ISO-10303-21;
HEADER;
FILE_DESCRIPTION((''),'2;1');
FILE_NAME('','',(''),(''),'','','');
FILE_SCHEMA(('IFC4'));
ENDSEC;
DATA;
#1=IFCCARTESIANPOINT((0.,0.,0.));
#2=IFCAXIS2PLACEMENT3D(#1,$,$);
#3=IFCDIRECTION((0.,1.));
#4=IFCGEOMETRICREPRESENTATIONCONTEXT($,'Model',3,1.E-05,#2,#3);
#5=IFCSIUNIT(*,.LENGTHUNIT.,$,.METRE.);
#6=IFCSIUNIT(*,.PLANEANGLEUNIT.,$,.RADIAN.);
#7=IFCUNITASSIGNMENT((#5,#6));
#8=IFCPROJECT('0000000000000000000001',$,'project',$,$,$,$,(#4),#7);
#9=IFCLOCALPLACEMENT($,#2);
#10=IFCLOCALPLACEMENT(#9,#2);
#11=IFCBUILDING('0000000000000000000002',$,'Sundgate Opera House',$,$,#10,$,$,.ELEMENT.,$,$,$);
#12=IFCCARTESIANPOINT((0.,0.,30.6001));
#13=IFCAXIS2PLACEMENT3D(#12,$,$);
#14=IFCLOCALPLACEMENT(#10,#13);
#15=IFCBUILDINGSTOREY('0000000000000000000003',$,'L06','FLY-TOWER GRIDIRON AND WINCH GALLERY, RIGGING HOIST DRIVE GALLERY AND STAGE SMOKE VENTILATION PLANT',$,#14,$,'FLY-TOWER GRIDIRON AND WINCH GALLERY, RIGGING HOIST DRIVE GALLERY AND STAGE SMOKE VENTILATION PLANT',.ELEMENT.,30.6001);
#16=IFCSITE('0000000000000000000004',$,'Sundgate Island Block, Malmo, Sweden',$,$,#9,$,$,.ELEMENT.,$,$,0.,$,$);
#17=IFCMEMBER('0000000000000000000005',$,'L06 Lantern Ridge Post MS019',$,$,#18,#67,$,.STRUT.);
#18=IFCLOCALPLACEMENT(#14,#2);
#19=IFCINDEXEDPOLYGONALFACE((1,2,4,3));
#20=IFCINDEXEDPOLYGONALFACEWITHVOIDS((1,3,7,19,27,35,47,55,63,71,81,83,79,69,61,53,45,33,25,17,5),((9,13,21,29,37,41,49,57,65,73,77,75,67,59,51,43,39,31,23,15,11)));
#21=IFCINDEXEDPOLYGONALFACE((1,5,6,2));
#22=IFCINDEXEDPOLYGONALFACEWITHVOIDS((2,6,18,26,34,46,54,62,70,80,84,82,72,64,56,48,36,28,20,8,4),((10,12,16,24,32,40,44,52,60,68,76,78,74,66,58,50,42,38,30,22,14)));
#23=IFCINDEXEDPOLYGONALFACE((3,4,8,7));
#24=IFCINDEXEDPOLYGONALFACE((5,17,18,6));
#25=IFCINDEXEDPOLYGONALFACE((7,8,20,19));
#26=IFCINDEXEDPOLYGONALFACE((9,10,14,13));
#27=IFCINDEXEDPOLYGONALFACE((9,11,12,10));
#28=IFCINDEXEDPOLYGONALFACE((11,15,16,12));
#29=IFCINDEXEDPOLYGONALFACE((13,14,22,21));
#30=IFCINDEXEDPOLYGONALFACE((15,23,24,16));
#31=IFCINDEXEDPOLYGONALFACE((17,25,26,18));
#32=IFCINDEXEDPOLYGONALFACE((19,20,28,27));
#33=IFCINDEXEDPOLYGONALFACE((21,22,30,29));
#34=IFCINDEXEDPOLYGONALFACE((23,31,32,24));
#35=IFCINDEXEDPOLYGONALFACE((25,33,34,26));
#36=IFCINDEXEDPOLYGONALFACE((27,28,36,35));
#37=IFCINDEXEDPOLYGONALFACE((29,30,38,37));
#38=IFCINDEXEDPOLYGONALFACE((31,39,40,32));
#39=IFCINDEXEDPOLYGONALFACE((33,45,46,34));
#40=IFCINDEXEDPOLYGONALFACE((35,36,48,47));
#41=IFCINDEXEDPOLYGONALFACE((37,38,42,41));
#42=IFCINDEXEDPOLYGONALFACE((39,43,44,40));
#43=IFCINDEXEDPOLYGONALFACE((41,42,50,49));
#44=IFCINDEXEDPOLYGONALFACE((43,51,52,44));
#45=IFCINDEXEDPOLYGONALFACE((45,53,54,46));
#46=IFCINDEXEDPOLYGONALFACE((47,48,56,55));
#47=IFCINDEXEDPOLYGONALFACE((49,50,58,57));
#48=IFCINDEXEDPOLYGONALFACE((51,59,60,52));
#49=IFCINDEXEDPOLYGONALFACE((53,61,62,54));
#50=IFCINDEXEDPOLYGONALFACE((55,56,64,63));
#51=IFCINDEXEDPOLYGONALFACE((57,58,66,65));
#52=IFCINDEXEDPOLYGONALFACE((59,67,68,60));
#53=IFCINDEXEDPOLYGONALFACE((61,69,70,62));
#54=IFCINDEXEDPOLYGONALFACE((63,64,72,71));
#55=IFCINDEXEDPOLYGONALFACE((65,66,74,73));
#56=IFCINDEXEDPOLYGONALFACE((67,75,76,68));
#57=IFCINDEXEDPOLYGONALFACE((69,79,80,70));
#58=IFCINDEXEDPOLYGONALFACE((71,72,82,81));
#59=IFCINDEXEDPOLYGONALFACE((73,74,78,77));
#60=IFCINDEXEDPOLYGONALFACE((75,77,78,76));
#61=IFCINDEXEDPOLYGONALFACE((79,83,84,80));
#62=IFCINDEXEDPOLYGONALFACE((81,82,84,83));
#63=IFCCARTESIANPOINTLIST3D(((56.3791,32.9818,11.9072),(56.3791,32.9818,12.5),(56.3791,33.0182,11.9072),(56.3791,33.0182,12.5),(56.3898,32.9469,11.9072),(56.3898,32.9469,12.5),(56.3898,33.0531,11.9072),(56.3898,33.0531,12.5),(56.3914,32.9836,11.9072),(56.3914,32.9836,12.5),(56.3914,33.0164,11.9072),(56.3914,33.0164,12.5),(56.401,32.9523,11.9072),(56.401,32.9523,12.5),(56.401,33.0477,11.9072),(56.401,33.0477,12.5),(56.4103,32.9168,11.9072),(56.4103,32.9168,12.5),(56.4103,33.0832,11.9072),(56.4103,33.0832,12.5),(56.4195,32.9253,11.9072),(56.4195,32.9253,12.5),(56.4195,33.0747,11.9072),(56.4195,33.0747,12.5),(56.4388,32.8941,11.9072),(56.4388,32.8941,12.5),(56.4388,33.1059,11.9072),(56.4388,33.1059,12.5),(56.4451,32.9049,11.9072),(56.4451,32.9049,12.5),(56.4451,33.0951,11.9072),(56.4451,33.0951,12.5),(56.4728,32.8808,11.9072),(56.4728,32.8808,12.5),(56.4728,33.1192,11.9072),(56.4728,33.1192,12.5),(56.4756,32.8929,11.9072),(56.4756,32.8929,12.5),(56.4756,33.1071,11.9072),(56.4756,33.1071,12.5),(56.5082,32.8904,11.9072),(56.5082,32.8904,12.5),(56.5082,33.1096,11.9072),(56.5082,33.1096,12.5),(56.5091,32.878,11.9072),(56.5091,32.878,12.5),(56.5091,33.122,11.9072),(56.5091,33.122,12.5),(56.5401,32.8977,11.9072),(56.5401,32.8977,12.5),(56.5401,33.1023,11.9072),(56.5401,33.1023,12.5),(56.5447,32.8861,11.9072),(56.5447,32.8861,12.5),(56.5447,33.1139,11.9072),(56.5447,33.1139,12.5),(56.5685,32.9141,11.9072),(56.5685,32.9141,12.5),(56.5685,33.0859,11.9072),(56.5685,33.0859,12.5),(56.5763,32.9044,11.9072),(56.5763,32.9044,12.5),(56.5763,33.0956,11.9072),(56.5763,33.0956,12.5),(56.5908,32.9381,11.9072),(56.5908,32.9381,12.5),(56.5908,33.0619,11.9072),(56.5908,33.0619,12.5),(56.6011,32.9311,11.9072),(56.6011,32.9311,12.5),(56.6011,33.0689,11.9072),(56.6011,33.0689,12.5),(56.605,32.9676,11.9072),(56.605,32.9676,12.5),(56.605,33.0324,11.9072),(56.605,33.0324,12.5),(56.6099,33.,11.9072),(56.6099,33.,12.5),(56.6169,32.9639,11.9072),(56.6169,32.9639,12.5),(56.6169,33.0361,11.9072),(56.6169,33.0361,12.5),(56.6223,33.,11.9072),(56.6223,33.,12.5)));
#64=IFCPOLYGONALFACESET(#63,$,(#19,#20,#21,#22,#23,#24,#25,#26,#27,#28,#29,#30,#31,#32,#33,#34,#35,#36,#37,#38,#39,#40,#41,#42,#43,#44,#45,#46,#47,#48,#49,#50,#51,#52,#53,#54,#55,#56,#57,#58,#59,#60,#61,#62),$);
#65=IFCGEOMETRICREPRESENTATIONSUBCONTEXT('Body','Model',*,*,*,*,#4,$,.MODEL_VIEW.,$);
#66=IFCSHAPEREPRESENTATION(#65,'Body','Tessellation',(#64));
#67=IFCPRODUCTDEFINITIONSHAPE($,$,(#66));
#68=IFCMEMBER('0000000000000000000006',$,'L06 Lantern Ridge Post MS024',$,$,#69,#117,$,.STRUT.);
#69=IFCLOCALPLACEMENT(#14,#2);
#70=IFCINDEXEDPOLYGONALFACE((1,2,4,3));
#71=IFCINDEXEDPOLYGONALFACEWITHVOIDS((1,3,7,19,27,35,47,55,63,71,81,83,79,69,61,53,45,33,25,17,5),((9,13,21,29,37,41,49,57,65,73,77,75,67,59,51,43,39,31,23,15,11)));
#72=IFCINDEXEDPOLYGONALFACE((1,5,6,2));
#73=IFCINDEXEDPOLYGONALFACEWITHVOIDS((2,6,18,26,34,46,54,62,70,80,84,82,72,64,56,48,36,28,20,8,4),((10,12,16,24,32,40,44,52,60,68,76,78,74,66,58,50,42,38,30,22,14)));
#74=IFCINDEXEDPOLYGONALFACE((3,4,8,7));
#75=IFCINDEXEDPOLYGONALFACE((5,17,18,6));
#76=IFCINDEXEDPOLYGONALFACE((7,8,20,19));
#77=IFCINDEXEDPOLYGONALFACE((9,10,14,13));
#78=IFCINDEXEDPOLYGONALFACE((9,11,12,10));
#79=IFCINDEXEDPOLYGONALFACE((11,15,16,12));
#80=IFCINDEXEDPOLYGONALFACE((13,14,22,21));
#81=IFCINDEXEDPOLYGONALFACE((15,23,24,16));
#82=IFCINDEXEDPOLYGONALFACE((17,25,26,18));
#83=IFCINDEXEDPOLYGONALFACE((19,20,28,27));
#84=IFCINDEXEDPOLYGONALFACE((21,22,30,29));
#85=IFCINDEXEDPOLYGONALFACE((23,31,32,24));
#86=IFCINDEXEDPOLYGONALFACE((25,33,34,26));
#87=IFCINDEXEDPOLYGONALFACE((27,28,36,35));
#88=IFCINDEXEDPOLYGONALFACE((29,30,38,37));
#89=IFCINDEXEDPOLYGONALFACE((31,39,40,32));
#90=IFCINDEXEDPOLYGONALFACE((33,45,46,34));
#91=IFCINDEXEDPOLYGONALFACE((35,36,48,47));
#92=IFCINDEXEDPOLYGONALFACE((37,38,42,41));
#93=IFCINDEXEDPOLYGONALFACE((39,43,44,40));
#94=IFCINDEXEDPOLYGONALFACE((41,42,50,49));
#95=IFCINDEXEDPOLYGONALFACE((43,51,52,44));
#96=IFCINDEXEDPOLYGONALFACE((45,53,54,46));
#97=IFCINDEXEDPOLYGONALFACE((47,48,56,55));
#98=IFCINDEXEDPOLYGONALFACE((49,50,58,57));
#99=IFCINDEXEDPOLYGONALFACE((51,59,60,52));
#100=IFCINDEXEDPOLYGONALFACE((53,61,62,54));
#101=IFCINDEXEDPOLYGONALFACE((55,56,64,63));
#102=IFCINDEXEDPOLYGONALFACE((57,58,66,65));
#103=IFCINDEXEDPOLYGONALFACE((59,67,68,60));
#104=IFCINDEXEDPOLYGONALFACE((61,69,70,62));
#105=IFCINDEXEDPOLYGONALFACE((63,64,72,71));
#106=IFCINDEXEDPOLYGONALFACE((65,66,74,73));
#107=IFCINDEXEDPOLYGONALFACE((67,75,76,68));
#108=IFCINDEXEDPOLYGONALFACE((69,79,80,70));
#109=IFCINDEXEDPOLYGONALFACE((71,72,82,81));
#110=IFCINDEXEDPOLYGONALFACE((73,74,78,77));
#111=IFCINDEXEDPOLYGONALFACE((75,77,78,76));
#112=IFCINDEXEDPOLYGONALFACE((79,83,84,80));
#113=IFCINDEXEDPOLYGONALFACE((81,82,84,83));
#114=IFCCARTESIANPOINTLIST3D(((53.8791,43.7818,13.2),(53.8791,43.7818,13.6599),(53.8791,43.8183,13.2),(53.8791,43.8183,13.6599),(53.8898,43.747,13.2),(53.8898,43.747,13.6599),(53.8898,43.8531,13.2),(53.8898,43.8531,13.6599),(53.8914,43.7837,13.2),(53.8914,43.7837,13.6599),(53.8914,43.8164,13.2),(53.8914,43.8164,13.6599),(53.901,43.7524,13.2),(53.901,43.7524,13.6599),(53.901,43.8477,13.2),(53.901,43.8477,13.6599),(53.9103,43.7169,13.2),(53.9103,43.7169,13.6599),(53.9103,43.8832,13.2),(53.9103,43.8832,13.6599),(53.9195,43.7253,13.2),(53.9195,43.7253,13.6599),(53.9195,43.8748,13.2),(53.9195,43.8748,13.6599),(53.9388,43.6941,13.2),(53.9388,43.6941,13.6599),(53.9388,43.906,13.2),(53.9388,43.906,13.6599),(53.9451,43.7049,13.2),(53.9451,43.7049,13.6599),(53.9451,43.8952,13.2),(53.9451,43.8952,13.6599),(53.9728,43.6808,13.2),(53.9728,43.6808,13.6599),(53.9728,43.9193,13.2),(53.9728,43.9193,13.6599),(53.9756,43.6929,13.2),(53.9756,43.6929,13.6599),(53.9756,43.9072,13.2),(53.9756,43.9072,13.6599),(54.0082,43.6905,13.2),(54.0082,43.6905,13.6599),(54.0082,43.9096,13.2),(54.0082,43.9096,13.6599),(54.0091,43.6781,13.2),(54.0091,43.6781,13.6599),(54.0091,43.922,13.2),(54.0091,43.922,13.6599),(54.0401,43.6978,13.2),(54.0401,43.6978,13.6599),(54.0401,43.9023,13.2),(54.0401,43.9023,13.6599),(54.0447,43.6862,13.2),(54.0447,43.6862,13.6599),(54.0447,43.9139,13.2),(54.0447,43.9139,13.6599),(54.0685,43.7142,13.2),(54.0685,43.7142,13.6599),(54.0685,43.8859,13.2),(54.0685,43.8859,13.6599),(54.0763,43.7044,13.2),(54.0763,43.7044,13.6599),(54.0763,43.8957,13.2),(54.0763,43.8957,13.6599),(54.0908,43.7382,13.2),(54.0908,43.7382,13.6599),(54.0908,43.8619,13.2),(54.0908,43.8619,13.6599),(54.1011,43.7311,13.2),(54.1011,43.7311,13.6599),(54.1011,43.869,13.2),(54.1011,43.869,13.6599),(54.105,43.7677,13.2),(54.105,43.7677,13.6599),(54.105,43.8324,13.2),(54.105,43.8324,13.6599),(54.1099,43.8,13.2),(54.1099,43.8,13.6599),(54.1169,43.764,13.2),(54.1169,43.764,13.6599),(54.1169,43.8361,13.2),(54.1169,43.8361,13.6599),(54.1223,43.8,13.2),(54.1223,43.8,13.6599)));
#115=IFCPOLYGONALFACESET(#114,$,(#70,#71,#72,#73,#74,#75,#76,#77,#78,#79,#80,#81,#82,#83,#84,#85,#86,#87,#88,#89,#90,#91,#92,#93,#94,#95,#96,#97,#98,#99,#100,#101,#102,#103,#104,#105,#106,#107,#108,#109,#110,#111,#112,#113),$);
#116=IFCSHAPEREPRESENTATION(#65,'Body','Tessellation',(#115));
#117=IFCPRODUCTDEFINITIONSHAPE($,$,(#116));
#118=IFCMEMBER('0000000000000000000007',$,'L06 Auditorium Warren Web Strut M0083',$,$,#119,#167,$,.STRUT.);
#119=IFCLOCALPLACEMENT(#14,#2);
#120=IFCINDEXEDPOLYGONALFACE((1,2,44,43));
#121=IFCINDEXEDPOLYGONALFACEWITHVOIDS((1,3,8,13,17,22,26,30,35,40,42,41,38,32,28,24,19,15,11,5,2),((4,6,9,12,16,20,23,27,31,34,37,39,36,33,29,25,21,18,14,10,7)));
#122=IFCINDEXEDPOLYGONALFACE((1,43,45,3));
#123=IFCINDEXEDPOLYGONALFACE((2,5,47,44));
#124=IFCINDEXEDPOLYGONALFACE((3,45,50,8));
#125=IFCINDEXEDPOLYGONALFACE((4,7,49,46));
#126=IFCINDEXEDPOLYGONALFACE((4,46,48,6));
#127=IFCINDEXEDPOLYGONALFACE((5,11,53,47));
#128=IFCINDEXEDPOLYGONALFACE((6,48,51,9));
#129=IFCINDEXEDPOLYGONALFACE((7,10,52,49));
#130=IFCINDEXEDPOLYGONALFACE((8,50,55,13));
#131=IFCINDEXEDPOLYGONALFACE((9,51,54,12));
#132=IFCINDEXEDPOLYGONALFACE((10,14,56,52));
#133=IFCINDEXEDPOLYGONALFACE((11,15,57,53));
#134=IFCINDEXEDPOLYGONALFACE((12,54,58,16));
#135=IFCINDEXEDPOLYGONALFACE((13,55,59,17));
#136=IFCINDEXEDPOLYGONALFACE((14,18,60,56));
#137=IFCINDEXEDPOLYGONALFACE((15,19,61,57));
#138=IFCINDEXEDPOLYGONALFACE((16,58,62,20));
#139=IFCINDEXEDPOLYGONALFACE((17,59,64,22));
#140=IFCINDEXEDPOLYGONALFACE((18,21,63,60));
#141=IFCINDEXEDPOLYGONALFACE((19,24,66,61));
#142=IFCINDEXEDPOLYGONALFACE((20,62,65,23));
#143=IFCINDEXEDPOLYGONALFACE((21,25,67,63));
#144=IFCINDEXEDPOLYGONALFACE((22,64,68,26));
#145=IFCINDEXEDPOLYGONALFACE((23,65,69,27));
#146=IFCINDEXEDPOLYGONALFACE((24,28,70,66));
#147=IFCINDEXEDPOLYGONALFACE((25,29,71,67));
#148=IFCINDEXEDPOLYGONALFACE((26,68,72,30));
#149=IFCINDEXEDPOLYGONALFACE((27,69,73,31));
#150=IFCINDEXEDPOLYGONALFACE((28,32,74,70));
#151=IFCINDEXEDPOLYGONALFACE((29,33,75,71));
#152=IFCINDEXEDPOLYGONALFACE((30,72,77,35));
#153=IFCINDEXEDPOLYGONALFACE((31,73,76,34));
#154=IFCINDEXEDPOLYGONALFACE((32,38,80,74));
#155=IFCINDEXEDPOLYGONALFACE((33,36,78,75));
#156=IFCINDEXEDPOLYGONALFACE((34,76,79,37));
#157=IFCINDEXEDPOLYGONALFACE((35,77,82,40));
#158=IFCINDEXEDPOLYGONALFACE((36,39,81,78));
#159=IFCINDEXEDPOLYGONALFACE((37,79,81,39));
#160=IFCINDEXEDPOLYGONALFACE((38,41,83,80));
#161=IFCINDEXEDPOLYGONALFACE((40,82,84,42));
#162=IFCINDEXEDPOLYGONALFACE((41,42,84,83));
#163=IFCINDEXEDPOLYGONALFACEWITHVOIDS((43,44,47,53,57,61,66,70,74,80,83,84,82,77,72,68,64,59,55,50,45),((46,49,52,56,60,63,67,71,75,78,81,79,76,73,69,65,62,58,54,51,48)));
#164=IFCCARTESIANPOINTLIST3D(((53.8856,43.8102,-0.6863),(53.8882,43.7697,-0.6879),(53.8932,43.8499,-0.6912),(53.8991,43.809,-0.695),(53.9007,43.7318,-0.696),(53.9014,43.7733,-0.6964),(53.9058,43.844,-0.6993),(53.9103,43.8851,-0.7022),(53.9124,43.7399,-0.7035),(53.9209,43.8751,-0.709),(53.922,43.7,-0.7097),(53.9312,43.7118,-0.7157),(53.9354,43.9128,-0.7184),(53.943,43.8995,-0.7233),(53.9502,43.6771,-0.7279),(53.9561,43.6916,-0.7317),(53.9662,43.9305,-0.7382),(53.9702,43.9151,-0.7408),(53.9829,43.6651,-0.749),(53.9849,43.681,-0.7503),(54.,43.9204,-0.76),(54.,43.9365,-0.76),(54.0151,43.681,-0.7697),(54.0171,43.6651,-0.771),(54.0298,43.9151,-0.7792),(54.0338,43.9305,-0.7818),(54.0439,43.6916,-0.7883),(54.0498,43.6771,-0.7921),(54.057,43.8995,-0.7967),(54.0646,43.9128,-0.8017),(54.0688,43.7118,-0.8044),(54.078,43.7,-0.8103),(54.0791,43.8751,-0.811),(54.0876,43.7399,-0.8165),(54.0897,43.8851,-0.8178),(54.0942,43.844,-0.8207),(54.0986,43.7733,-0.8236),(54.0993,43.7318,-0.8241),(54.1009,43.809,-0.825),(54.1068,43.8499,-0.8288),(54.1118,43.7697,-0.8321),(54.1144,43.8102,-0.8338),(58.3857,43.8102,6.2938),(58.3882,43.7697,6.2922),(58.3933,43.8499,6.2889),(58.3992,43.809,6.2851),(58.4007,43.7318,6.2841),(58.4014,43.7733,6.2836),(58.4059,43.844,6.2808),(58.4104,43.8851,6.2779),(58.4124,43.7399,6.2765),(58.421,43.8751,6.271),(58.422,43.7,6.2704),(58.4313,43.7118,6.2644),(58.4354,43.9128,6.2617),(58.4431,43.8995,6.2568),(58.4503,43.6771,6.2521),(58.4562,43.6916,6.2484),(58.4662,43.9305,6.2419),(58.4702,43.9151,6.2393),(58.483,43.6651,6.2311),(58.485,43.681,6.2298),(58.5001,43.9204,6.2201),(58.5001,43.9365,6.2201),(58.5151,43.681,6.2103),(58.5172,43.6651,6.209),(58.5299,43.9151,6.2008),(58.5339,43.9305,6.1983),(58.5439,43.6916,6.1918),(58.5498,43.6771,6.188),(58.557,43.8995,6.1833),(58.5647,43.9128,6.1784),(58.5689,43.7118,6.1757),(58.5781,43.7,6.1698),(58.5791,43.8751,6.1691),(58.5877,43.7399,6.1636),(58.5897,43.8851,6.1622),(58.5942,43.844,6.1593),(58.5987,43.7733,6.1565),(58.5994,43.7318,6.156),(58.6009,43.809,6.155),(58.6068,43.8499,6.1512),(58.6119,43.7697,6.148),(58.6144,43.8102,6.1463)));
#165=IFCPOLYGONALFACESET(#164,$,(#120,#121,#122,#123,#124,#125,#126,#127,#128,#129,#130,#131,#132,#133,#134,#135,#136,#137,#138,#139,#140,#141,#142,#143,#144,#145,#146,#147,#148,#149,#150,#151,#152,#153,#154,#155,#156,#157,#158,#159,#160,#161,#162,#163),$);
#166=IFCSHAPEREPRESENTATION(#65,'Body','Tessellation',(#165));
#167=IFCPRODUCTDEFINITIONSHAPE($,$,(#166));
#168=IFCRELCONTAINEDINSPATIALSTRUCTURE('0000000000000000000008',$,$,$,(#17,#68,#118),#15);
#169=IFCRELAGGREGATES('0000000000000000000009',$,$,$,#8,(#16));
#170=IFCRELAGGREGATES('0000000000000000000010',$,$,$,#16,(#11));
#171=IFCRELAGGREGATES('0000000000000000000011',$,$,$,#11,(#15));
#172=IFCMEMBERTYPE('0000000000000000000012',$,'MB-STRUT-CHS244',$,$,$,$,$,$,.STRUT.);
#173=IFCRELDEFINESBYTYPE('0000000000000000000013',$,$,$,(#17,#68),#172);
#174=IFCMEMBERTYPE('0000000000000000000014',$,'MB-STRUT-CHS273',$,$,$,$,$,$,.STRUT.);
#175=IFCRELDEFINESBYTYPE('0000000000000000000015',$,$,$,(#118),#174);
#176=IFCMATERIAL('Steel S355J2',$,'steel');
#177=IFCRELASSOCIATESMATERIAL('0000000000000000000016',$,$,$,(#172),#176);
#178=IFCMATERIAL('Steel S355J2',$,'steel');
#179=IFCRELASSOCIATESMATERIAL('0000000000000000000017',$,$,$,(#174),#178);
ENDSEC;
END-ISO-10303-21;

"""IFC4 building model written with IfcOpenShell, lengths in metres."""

from ifc_helpers import new_model, si_unit, direction, frame, origin, origin_2d, place, context, subcontext, project, spatial, hollow_circle, extrude, material, material_profile, profile_set, type_object, element, save


model = new_model("IFC4")

# Units and contexts
model_context = context("Model", 3, precision=1e-05, world=origin(), true_north=direction((0.0, 1.0)))
body_context = subcontext(model_context, "Body", "Model", "MODEL_VIEW")
ifc_project = project(units=[si_unit("LENGTHUNIT", "METRE"), si_unit("PLANEANGLEUNIT", "RADIAN")], contexts=[model_context])

# Site, building, storey
site_placement = place(None, origin())
site = spatial("IfcSite", under=ifc_project, at=site_placement, Name="Sundgate Island Block, Malmo, Sweden", CompositionType="ELEMENT", RefElevation=0.0)
building_placement = place(site_placement, origin())
building = spatial("IfcBuilding", under=site, at=building_placement, Name="Sundgate Opera House", CompositionType="ELEMENT")
storey_placement = place(building_placement, frame((0.0, 0.0, 30.6001)))
storey = spatial("IfcBuildingStorey", under=building, at=storey_placement, Name="L06", Description="FLY-TOWER GRIDIRON AND WINCH GALLERY, RIGGING HOIST DRIVE GALLERY AND STAGE SMOKE VENTILATION PLANT", LongName="FLY-TOWER GRIDIRON AND WINCH GALLERY, RIGGING HOIST DRIVE GALLERY AND STAGE SMOKE VENTILATION PLANT", CompositionType="ELEMENT", Elevation=30.6001)

# Members
ifc_material_1 = material(Name="Steel S355J2", Category="steel")
ifc_material_profile_1 = material_profile(ifc_material_1, hollow_circle(Radius=0.1223, WallThickness=0.0125, at=origin_2d()), Name="CHS 244.5x12.5")
ifc_profile_set_1 = profile_set([ifc_material_profile_1], Name="Steel S355J2")
member_type_1 = type_object("IfcMemberType", Name="MB-STRUT-CHS244", PredefinedType="STRUT", material=ifc_profile_set_1)
member_1_placement = place(storey_placement, frame((56.5, 33.0, 11.9072), z_axis=(0.0, 0.0, 1.0), x_axis=(1.0, 0.0, 0.0)))
element("IfcMember", 1, at=member_1_placement, inside=storey, type_object=member_type_1, Name="L06 Lantern Ridge Post MS019", PredefinedType="STRUT", context=body_context, shape_type="SweptSolid", body=[
    extrude(hollow_circle(Radius=0.1223, WallThickness=0.0125, at=origin_2d()), origin(), (0.0, 0.0, 1.0), 0.5928),
])
member_2_placement = place(storey_placement, frame((54.0, 43.8, 13.2), z_axis=(0.0, 0.0, 1.0), x_axis=(1.0, 0.0, 0.0)))
element("IfcMember", 2, at=member_2_placement, inside=storey, type_object=member_type_1, Name="L06 Lantern Ridge Post MS024", PredefinedType="STRUT", context=body_context, shape_type="SweptSolid", body=[
    extrude(hollow_circle(Radius=0.1223, WallThickness=0.0125, at=origin_2d()), origin(), (0.0, 0.0, 1.0), 0.46),
])
ifc_material_2 = material(Name="Steel S355J2", Category="steel")
ifc_material_profile_2 = material_profile(ifc_material_2, hollow_circle(Radius=0.1365, WallThickness=0.0161, at=origin_2d()), Name="CHS 273.0x16.0")
ifc_profile_set_2 = profile_set([ifc_material_profile_2], Name="Steel S355J2")
member_type_2 = type_object("IfcMemberType", Name="MB-STRUT-CHS273", PredefinedType="STRUT", material=ifc_profile_set_2)
member_3_placement = place(storey_placement, frame((54.0, 43.8, -0.76), z_axis=(0.541854, 0.0, 0.840473), x_axis=(0.0, 1.0, 0.0)))
element("IfcMember", 3, at=member_3_placement, inside=storey, type_object=member_type_2, Name="L06 Auditorium Warren Web Strut M0083", PredefinedType="STRUT", context=body_context, shape_type="SweptSolid", body=[
    extrude(hollow_circle(Radius=0.1365, WallThickness=0.0161, at=origin_2d()), origin(), (0.0, 0.0, 1.0), 8.3049),
])

save(model, "model.ifc")
